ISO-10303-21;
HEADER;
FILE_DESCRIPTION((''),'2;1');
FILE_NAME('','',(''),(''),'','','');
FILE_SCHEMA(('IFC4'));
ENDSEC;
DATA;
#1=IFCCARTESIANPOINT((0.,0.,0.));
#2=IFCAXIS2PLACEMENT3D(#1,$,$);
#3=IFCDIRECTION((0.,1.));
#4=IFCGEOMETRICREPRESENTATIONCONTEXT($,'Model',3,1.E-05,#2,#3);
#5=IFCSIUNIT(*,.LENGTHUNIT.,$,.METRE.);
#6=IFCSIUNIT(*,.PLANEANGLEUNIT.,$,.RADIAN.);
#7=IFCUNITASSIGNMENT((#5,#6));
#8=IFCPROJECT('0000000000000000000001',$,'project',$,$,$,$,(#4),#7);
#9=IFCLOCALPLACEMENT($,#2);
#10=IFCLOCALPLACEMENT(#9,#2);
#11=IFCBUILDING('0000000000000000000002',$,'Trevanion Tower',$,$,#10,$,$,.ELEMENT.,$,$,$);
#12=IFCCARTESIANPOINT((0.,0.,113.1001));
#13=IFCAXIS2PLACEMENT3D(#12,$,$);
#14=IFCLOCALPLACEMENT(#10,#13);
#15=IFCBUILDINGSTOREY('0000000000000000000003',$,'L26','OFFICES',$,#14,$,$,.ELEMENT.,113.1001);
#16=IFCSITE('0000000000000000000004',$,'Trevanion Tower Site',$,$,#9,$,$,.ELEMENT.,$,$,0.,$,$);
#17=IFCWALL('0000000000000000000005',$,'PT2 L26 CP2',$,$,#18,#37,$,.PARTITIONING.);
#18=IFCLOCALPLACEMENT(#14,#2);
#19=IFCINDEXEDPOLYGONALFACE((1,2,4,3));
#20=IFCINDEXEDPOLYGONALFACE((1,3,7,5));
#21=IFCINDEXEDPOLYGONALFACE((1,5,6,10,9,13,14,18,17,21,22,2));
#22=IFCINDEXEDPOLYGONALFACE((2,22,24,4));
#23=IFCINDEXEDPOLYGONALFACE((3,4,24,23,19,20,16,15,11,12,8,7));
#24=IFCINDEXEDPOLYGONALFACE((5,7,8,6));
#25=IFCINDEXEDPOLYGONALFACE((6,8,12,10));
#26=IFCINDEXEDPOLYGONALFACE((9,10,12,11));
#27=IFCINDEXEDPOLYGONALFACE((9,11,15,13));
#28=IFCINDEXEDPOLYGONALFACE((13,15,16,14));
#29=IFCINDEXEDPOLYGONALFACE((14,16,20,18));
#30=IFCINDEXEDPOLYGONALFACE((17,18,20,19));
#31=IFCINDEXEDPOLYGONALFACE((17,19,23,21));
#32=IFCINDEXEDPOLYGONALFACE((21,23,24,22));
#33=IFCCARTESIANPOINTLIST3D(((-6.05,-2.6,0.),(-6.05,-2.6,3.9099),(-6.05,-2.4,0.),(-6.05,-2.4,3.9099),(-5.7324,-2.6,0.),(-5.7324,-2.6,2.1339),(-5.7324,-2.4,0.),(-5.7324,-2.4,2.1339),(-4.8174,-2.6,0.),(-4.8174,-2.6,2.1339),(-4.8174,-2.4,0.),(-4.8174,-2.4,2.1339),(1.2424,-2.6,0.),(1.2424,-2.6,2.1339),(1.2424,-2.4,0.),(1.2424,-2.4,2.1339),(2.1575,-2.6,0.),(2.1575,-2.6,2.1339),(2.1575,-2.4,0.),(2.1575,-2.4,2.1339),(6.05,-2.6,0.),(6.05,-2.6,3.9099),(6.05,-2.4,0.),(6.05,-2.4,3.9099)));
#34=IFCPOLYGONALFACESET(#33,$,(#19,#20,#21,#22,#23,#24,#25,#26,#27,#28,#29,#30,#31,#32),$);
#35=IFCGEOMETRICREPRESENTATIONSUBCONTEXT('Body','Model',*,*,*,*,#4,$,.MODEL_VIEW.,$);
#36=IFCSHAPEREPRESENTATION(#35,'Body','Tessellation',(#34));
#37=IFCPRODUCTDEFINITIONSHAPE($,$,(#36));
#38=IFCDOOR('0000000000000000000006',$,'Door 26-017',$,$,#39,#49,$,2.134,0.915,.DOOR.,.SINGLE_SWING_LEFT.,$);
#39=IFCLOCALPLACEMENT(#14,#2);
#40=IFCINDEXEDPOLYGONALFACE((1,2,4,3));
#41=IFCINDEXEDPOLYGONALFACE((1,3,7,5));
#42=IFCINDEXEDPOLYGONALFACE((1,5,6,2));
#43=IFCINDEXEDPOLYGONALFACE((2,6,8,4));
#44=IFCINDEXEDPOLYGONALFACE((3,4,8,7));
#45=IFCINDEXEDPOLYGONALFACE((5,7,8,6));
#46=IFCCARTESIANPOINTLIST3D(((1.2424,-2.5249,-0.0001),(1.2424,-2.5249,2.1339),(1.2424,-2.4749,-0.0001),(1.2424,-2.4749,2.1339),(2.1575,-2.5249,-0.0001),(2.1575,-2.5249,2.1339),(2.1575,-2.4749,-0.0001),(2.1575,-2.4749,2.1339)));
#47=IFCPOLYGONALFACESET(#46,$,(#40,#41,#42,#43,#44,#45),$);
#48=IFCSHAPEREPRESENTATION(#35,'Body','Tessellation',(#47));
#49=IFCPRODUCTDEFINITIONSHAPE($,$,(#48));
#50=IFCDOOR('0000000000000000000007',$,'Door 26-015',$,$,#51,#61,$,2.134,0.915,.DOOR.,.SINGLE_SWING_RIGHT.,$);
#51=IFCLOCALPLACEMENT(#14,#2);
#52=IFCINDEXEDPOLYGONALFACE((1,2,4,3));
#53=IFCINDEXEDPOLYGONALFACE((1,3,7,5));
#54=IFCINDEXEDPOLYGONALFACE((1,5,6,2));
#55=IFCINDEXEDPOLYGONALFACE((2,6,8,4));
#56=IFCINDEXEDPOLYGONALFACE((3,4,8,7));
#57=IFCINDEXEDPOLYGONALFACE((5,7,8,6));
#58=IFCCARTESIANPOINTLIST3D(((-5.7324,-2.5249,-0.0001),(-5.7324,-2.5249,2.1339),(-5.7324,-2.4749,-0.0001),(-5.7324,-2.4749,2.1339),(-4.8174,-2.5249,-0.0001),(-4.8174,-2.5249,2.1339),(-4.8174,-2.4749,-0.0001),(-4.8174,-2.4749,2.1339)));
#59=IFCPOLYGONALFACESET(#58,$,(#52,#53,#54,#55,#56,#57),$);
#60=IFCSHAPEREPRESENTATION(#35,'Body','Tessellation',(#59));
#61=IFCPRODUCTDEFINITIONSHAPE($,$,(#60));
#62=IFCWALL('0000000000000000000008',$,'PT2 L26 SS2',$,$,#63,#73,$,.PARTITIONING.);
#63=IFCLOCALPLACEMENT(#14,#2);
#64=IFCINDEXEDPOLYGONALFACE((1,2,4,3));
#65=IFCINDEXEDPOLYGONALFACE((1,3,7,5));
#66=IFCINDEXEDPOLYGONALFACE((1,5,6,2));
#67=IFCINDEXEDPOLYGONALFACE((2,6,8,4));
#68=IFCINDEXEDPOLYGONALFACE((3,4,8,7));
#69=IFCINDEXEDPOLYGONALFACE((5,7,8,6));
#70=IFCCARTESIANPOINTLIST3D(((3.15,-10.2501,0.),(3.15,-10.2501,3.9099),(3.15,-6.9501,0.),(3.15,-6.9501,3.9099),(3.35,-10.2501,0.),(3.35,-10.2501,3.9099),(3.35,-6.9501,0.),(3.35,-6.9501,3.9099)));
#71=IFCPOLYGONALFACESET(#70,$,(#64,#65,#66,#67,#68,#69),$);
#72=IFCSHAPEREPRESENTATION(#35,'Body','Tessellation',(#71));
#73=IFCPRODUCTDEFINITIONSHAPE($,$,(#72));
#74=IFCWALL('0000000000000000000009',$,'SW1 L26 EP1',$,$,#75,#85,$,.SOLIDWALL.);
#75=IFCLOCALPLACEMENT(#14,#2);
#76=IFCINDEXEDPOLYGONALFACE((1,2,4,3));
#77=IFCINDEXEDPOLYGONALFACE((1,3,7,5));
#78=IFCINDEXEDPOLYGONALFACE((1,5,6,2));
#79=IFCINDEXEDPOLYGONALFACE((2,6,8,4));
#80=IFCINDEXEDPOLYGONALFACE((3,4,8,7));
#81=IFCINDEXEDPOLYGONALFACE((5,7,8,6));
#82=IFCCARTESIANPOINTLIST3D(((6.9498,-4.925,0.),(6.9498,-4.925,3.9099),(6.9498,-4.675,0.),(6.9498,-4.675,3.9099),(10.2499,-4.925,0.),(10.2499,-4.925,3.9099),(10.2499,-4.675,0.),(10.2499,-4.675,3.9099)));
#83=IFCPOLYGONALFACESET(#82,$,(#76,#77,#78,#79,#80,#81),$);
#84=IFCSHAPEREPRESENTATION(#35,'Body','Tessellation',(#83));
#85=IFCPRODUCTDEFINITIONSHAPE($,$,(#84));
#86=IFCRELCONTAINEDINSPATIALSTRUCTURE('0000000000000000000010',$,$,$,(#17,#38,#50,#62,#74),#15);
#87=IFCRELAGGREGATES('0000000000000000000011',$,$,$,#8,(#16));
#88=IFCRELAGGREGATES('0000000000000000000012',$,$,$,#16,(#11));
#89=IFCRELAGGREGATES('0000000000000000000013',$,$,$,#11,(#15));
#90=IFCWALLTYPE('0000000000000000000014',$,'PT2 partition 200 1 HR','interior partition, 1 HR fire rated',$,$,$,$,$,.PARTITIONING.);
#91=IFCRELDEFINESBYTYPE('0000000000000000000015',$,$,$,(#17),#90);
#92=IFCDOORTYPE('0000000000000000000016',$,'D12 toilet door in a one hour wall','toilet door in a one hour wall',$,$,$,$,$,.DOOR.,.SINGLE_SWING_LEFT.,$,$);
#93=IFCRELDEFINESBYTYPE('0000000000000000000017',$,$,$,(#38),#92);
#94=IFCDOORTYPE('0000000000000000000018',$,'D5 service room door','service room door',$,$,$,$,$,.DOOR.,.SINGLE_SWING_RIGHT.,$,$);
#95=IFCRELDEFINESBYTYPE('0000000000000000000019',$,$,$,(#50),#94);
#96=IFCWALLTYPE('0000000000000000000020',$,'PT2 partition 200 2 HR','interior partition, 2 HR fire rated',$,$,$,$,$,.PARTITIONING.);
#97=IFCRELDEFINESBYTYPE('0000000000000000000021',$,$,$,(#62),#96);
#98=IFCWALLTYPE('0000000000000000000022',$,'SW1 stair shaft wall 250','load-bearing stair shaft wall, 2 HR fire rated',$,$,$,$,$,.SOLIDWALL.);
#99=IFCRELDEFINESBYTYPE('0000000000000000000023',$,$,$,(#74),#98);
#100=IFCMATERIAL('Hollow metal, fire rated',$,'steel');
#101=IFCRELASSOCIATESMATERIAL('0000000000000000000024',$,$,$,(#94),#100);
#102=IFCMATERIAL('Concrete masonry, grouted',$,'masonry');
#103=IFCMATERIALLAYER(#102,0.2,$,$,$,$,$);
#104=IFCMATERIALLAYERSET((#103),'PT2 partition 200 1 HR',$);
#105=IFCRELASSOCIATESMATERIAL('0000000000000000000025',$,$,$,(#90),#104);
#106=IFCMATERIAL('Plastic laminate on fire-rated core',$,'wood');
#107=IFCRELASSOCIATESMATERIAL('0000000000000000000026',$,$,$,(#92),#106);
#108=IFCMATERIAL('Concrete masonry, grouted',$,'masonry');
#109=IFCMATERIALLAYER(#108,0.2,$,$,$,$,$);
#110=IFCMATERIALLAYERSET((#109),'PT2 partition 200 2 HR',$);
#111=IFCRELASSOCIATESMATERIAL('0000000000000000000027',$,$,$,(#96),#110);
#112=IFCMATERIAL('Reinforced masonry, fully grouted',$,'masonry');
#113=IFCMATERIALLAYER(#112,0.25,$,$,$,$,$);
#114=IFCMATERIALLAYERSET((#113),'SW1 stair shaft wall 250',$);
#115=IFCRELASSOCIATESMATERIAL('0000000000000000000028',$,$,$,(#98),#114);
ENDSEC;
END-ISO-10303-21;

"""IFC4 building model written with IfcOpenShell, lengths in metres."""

from ifc_helpers import new_model, si_unit, direction, frame, frame_2d, origin, place, context, subcontext, project, spatial, rectangle, extrude, material, layer, layer_set, type_object, element, fill, save


model = new_model("IFC4")

# Units and contexts
model_context = context("Model", 3, precision=1e-05, world=origin(), true_north=direction((0.0, 1.0)))
body_context = subcontext(model_context, "Body", "Model", "MODEL_VIEW")
ifc_project = project(units=[si_unit("LENGTHUNIT", "METRE"), si_unit("PLANEANGLEUNIT", "RADIAN")], contexts=[model_context])

# Site, building, storey
site_placement = place(None, origin())
site = spatial("IfcSite", under=ifc_project, at=site_placement, Name="Trevanion Tower Site", CompositionType="ELEMENT", RefElevation=0.0)
building_placement = place(site_placement, origin())
building = spatial("IfcBuilding", under=site, at=building_placement, Name="Trevanion Tower", CompositionType="ELEMENT")
storey_placement = place(building_placement, frame((0.0, 0.0, 113.1001)))
storey = spatial("IfcBuildingStorey", under=building, at=storey_placement, Name="L26", Description="OFFICES", CompositionType="ELEMENT", Elevation=113.1001)

# Shared definitions
ifc_material_1 = material(Name="Hollow metal, fire rated", Category="steel")
door_type_1 = type_object("IfcDoorType", Name="D5 service room door", Description="service room door", OperationType="SINGLE_SWING_RIGHT", PredefinedType="DOOR", material=ifc_material_1)

# Wall, openings, doors
ifc_material_2 = material(Name="Concrete masonry, grouted", Category="masonry")
ifc_layer_1 = layer(ifc_material_2, 0.2)
ifc_layer_set_1 = layer_set([ifc_layer_1], Name="PT2 partition 200 1 HR")
wall_type_1 = type_object("IfcWallType", Name="PT2 partition 200 1 HR", Description="interior partition, 1 HR fire rated", PredefinedType="PARTITIONING", material=ifc_layer_set_1)
wall_1_placement = place(storey_placement, frame((6.05, -2.5, 0.0), z_axis=(0.0, 0.0, 1.0), x_axis=(-1.0, 0.0, 0.0)))
wall_1 = element("IfcWall", 1, at=wall_1_placement, inside=storey, type_object=wall_type_1, Name="PT2 L26 CP2", PredefinedType="PARTITIONING", context=body_context, shape_type="SweptSolid", body=[
    extrude(rectangle(XDim=12.1001, YDim=0.2, at=frame_2d((6.05, 0.0))), origin(), (0.0, 0.0, 1.0), 3.9099),
])
opening_1_placement = place(wall_1_placement, frame((10.8674, 0.0, 0.0)))
opening_1 = element("IfcOpeningElement", 2, at=opening_1_placement, cuts=wall_1, PredefinedType="OPENING", context=body_context, shape_type="SweptSolid", body=[
    extrude(rectangle(XDim=0.915, YDim=2.134, at=frame_2d((0.4575, 1.0669))), frame((0.0, 0.1099, 0.0), z_axis=(0.0, -1.0, 0.0), x_axis=(1.0, 0.0, 0.0)), (0.0, 0.0, 1.0), 0.22),
])
opening_2_placement = place(wall_1_placement, frame((3.8926, 0.0, 0.0)))
opening_2 = element("IfcOpeningElement", 3, at=opening_2_placement, cuts=wall_1, PredefinedType="OPENING", context=body_context, shape_type="SweptSolid", body=[
    extrude(rectangle(XDim=0.915, YDim=2.134, at=frame_2d((0.4575, 1.0669))), frame((0.0, 0.1099, 0.0), z_axis=(0.0, -1.0, 0.0), x_axis=(1.0, 0.0, 0.0)), (0.0, 0.0, 1.0), 0.22),
])
ifc_material_3 = material(Name="Plastic laminate on fire-rated core", Category="wood")
door_type_2 = type_object("IfcDoorType", Name="D12 toilet door in a one hour wall", Description="toilet door in a one hour wall", OperationType="SINGLE_SWING_LEFT", PredefinedType="DOOR", material=ifc_material_3)
door_1_placement = place(opening_2_placement, origin())
door_1 = element("IfcDoor", 4, at=door_1_placement, inside=storey, type_object=door_type_2, Name="Door 26-017", OperationType="SINGLE_SWING_LEFT", OverallHeight=2.134, OverallWidth=0.915, PredefinedType="DOOR", context=body_context, shape_type="SweptSolid", body=[
    extrude(rectangle(XDim=0.915, YDim=2.134, at=frame_2d((0.4575, 1.0669))), frame((0.0, 0.0249, 0.0), z_axis=(0.0, -1.0, 0.0), x_axis=(1.0, 0.0, 0.0)), (0.0, 0.0, 1.0), 0.05),
])
fill(opening_2, door_1)
door_2_placement = place(opening_1_placement, origin())
door_2 = element("IfcDoor", 5, at=door_2_placement, inside=storey, type_object=door_type_1, Name="Door 26-015", OperationType="SINGLE_SWING_RIGHT", OverallHeight=2.134, OverallWidth=0.915, PredefinedType="DOOR", context=body_context, shape_type="SweptSolid", body=[
    extrude(rectangle(XDim=0.915, YDim=2.134, at=frame_2d((0.4575, 1.0669))), frame((0.0, 0.0249, 0.0), z_axis=(0.0, -1.0, 0.0), x_axis=(1.0, 0.0, 0.0)), (0.0, 0.0, 1.0), 0.05),
])
fill(opening_1, door_2)

# Walls
ifc_material_4 = material(Name="Concrete masonry, grouted", Category="masonry")
ifc_layer_2 = layer(ifc_material_4, 0.2)
ifc_layer_set_2 = layer_set([ifc_layer_2], Name="PT2 partition 200 2 HR")
wall_type_2 = type_object("IfcWallType", Name="PT2 partition 200 2 HR", Description="interior partition, 2 HR fire rated", PredefinedType="PARTITIONING", material=ifc_layer_set_2)
wall_2_placement = place(storey_placement, frame((3.25, -10.25, 0.0), z_axis=(0.0, 0.0, 1.0), x_axis=(0.0, 1.0, 0.0)))
element("IfcWall", 6, at=wall_2_placement, inside=storey, type_object=wall_type_2, Name="PT2 L26 SS2", PredefinedType="PARTITIONING", context=body_context, shape_type="SweptSolid", body=[
    extrude(rectangle(XDim=3.3, YDim=0.2, at=frame_2d((1.6499, 0.0))), origin(), (0.0, 0.0, 1.0), 3.9099),
])
ifc_material_5 = material(Name="Reinforced masonry, fully grouted", Category="masonry")
ifc_layer_3 = layer(ifc_material_5, 0.25)
ifc_layer_set_3 = layer_set([ifc_layer_3], Name="SW1 stair shaft wall 250")
wall_type_3 = type_object("IfcWallType", Name="SW1 stair shaft wall 250", Description="load-bearing stair shaft wall, 2 HR fire rated", PredefinedType="SOLIDWALL", material=ifc_layer_set_3)
wall_3_placement = place(storey_placement, frame((6.95, -4.8, 0.0), z_axis=(0.0, 0.0, 1.0), x_axis=(1.0, 0.0, 0.0)))
element("IfcWall", 7, at=wall_3_placement, inside=storey, type_object=wall_type_3, Name="SW1 L26 EP1", PredefinedType="SOLIDWALL", context=body_context, shape_type="SweptSolid", body=[
    extrude(rectangle(XDim=3.3, YDim=0.25, at=frame_2d((1.6499, 0.0))), origin(), (0.0, 0.0, 1.0), 3.9099),
])

save(model, "model.ifc")
